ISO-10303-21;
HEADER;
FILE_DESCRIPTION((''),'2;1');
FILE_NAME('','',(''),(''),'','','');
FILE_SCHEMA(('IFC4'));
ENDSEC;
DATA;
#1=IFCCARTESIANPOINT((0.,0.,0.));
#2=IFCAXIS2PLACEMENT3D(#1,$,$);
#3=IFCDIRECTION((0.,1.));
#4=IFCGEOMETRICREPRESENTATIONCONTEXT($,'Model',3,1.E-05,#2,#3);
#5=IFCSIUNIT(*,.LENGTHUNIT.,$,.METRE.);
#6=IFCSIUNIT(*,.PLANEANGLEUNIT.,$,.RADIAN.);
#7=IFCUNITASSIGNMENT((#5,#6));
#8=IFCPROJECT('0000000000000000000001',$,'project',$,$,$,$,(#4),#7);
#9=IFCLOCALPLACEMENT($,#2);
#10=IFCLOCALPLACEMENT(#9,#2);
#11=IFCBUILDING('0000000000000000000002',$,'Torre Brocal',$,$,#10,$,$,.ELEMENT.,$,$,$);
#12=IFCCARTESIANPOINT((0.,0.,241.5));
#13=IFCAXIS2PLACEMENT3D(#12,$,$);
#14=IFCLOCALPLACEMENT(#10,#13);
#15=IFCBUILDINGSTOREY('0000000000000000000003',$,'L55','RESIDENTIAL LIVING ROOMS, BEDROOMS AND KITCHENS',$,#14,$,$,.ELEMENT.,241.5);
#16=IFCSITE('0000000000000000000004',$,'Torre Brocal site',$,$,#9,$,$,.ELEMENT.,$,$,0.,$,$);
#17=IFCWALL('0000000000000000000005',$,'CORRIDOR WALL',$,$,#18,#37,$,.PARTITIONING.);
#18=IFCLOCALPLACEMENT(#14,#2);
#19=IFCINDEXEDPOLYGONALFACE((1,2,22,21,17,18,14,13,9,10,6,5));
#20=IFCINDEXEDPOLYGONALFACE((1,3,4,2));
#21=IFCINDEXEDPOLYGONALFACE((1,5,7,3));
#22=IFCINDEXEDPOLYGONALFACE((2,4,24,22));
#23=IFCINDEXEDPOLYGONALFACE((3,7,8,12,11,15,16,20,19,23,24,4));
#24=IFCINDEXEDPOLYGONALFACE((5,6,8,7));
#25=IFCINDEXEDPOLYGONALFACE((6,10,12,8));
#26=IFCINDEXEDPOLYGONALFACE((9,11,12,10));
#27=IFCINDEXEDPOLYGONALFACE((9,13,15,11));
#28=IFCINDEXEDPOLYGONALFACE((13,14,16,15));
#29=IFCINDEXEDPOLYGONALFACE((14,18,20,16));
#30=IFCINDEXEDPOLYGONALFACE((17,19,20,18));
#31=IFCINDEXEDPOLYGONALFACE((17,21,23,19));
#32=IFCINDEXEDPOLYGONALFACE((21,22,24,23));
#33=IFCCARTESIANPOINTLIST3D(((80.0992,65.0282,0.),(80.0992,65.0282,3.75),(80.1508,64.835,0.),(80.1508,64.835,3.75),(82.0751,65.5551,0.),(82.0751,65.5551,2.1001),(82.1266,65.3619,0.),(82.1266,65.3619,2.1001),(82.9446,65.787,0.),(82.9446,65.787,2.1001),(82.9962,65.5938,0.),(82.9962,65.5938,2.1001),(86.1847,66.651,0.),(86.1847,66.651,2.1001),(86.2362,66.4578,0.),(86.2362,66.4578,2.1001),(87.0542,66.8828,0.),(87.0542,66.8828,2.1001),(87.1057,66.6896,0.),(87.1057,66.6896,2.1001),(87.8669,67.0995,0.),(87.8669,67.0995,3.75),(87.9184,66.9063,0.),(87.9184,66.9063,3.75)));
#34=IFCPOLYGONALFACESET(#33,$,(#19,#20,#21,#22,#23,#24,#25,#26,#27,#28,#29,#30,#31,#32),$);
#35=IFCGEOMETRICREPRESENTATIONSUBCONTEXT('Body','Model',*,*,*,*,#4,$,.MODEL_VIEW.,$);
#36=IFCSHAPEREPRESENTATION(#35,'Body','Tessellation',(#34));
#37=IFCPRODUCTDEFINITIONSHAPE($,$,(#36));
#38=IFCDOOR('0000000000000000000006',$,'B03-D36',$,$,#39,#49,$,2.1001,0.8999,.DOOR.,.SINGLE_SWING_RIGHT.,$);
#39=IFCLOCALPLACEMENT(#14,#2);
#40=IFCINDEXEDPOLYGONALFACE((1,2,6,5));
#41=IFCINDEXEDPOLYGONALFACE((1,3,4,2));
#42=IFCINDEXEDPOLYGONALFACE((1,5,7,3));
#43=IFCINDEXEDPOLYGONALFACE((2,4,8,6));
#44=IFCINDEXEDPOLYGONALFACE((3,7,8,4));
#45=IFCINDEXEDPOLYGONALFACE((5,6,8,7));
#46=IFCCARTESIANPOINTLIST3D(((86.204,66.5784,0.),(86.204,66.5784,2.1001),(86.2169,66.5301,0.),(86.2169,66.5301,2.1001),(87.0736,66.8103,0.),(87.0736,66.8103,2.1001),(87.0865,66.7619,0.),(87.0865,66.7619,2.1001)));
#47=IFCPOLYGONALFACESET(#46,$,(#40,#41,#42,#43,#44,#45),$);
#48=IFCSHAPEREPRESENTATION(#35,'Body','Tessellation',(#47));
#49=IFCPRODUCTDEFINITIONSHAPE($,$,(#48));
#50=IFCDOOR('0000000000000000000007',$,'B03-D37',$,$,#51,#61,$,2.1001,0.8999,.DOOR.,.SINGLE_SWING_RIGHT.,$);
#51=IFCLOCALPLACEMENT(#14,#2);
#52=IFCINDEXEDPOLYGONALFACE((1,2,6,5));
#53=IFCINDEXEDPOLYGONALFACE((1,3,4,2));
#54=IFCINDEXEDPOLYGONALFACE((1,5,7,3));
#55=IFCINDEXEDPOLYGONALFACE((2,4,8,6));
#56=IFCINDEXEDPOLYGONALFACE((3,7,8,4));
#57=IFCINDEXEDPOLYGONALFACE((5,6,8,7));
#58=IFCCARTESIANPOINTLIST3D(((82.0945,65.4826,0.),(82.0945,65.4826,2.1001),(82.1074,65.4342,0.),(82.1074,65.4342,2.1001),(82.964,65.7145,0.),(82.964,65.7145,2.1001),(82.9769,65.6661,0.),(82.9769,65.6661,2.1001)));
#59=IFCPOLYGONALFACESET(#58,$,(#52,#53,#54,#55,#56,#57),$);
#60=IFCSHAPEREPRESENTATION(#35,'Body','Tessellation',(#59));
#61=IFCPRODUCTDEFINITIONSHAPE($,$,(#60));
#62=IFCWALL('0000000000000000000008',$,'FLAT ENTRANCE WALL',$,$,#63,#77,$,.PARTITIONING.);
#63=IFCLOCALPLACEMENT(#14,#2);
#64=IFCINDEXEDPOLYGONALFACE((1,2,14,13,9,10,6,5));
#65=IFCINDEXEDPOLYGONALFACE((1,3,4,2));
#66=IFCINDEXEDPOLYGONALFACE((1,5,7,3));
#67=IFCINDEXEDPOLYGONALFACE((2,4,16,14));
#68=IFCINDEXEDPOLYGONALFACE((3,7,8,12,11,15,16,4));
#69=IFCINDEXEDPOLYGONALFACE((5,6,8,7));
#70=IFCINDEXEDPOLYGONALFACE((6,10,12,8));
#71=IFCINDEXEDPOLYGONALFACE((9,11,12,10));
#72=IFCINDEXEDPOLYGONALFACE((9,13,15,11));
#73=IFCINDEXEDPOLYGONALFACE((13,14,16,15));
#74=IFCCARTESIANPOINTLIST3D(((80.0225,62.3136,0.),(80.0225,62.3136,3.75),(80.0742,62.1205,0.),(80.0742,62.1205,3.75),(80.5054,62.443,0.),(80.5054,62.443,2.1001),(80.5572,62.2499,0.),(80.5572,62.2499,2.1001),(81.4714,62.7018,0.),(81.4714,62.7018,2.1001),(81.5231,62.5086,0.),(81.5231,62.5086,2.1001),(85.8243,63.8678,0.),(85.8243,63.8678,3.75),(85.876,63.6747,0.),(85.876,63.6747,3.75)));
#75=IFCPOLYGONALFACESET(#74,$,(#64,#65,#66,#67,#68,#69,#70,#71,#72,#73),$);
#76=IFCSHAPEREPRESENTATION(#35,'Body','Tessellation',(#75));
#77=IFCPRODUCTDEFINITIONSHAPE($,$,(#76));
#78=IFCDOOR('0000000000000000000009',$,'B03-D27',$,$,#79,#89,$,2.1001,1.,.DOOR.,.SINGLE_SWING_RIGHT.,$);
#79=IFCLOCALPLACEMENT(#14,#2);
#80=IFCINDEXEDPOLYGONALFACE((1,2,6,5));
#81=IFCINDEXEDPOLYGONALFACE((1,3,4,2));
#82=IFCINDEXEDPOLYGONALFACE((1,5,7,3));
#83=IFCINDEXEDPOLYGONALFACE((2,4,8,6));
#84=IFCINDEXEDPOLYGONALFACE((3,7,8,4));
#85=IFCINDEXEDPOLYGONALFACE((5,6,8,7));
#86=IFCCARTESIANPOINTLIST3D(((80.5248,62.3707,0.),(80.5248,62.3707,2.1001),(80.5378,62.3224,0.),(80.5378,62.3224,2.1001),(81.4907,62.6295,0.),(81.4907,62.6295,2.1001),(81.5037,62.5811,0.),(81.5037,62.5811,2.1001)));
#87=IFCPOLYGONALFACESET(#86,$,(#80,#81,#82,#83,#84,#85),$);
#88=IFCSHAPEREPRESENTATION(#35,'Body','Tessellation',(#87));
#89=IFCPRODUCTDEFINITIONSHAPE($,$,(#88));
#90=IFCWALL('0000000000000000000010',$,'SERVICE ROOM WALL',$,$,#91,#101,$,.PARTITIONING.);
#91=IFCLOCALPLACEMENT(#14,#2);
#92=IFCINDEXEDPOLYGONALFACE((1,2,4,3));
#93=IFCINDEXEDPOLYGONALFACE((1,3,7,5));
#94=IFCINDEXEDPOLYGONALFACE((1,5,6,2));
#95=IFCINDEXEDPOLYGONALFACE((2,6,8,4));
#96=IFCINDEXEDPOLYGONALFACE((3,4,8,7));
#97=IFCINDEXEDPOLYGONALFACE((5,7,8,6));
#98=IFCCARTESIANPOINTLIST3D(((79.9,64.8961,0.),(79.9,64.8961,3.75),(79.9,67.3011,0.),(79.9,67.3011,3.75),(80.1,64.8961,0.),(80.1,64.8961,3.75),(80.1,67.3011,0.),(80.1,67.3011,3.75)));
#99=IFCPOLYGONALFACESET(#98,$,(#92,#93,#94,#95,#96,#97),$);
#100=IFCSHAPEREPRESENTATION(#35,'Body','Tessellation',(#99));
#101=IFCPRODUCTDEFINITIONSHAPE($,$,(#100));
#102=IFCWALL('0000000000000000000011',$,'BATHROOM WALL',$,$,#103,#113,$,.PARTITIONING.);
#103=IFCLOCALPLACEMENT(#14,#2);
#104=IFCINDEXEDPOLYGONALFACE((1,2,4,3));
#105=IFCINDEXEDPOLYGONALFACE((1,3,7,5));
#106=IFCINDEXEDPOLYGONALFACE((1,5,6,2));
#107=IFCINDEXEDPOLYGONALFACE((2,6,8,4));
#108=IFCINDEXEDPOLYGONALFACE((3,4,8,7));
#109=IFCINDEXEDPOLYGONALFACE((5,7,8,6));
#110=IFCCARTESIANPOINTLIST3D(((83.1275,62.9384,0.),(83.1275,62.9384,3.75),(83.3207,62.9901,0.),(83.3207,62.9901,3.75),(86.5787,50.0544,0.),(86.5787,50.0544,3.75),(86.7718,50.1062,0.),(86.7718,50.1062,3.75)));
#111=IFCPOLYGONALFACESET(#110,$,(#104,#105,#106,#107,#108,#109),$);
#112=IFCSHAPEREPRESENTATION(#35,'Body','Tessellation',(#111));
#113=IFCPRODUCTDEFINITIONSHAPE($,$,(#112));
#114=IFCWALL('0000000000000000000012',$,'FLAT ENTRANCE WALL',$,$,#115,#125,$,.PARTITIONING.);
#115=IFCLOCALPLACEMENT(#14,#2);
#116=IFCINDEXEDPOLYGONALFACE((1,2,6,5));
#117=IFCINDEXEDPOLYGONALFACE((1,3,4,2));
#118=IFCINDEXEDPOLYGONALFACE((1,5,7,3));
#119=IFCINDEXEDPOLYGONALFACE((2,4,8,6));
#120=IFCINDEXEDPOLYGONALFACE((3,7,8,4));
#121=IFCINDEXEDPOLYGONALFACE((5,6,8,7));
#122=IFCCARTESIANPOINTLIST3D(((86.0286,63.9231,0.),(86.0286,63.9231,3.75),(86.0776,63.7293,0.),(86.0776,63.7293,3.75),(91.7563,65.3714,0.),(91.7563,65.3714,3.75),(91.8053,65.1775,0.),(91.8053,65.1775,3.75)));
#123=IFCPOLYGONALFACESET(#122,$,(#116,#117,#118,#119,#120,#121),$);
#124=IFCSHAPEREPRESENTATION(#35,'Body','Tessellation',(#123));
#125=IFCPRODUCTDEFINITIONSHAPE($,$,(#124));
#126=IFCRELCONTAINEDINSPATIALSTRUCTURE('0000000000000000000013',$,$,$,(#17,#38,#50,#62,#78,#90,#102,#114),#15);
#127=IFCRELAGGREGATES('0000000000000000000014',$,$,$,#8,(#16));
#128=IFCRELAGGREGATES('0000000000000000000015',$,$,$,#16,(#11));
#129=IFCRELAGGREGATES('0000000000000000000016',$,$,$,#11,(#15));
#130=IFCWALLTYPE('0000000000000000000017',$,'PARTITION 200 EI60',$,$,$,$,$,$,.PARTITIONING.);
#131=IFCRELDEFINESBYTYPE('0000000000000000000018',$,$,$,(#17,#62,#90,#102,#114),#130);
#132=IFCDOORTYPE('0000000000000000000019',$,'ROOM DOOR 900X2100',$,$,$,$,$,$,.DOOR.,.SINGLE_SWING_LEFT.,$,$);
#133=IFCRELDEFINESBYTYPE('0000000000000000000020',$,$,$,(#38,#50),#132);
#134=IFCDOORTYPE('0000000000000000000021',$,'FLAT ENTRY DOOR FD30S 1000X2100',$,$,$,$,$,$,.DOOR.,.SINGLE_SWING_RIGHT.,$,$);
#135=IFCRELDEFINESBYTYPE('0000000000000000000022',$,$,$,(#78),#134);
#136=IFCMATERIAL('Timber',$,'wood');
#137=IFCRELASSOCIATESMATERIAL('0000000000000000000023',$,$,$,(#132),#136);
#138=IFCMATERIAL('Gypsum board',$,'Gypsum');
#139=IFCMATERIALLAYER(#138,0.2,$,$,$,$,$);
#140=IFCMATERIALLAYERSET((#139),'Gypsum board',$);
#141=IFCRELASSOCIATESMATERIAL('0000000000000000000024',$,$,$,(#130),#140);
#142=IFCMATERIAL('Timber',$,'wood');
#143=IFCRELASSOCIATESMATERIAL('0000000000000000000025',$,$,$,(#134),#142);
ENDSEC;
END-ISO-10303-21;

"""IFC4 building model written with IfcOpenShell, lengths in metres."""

from ifc_helpers import new_model, si_unit, direction, frame, frame_2d, origin, place, context, subcontext, project, spatial, rectangle, extrude, material, layer, layer_set, type_object, element, fill, save


model = new_model("IFC4")

# Units and contexts
model_context = context("Model", 3, precision=1e-05, world=origin(), true_north=direction((0.0, 1.0)))
body_context = subcontext(model_context, "Body", "Model", "MODEL_VIEW")
ifc_project = project(units=[si_unit("LENGTHUNIT", "METRE"), si_unit("PLANEANGLEUNIT", "RADIAN")], contexts=[model_context])

# Site, building, storey
site_placement = place(None, origin())
site = spatial("IfcSite", under=ifc_project, at=site_placement, Name="Torre Brocal site", CompositionType="ELEMENT", RefElevation=0.0)
building_placement = place(site_placement, origin())
building = spatial("IfcBuilding", under=site, at=building_placement, Name="Torre Brocal", CompositionType="ELEMENT")
storey_placement = place(building_placement, frame((0.0, 0.0, 241.5)))
storey = spatial("IfcBuildingStorey", under=building, at=storey_placement, Name="L55", Description="RESIDENTIAL LIVING ROOMS, BEDROOMS AND KITCHENS", CompositionType="ELEMENT", Elevation=241.5)

# Shared definitions
ifc_material_1 = material(Name="Timber", Category="wood")
door_type_1 = type_object("IfcDoorType", Name="ROOM DOOR 900X2100", OperationType="SINGLE_SWING_LEFT", PredefinedType="DOOR", material=ifc_material_1)

# Wall, openings, doors
ifc_material_2 = material(Name="Gypsum board", Category="Gypsum")
ifc_layer_1 = layer(ifc_material_2, 0.2)
ifc_layer_set_1 = layer_set([ifc_layer_1], Name="Gypsum board")
wall_type_1 = type_object("IfcWallType", Name="PARTITION 200 EI60", PredefinedType="PARTITIONING", material=ifc_layer_set_1)
wall_1_placement = place(storey_placement, frame((80.125, 64.9316, 0.0), z_axis=(0.0, 0.0, 1.0), x_axis=(0.966237, 0.257655, 0.0)))
wall_1 = element("IfcWall", 1, at=wall_1_placement, inside=storey, type_object=wall_type_1, Name="CORRIDOR WALL", PredefinedType="PARTITIONING", context=body_context, shape_type="SweptSolid", body=[
    extrude(rectangle(XDim=8.0391, YDim=0.2, at=frame_2d((4.0195, 0.0))), origin(), (0.0, 0.0, 1.0), 3.75),
])
opening_1_placement = place(wall_1_placement, frame((6.2981, 0.0, 0.0)))
opening_1 = element("IfcOpeningElement", 2, at=opening_1_placement, cuts=wall_1, PredefinedType="OPENING", context=body_context, shape_type="SweptSolid", body=[
    extrude(rectangle(XDim=0.8999, YDim=2.1001, at=frame_2d((0.45, 1.05))), frame((0.0, 0.1099, 0.0), z_axis=(0.0, -1.0, 0.0), x_axis=(1.0, 0.0, 0.0)), (0.0, 0.0, 1.0), 0.22),
])
opening_2_placement = place(wall_1_placement, frame((2.0449, 0.0, 0.0)))
opening_2 = element("IfcOpeningElement", 3, at=opening_2_placement, cuts=wall_1, PredefinedType="OPENING", context=body_context, shape_type="SweptSolid", body=[
    extrude(rectangle(XDim=0.8999, YDim=2.1001, at=frame_2d((0.45, 1.05))), frame((0.0, 0.1099, 0.0), z_axis=(0.0, -1.0, 0.0), x_axis=(1.0, 0.0, 0.0)), (0.0, 0.0, 1.0), 0.22),
])
door_1_placement = place(opening_1_placement, origin())
door_1 = element("IfcDoor", 4, at=door_1_placement, inside=storey, type_object=door_type_1, Name="B03-D36", OperationType="SINGLE_SWING_RIGHT", OverallHeight=2.1001, OverallWidth=0.8999, PredefinedType="DOOR", context=body_context, shape_type="SweptSolid", body=[
    extrude(rectangle(XDim=0.8999, YDim=2.1001, at=frame_2d((0.45, 1.05))), frame((0.0, 0.0249, 0.0), z_axis=(0.0, -1.0, 0.0), x_axis=(1.0, 0.0, 0.0)), (0.0, 0.0, 1.0), 0.05),
])
fill(opening_1, door_1)
door_2_placement = place(opening_2_placement, origin())
door_2 = element("IfcDoor", 5, at=door_2_placement, inside=storey, type_object=door_type_1, Name="B03-D37", OperationType="SINGLE_SWING_RIGHT", OverallHeight=2.1001, OverallWidth=0.8999, PredefinedType="DOOR", context=body_context, shape_type="SweptSolid", body=[
    extrude(rectangle(XDim=0.8999, YDim=2.1001, at=frame_2d((0.45, 1.05))), frame((0.0, 0.0249, 0.0), z_axis=(0.0, -1.0, 0.0), x_axis=(1.0, 0.0, 0.0)), (0.0, 0.0, 1.0), 0.05),
])
fill(opening_2, door_2)

# Wall, opening, door
wall_2_placement = place(storey_placement, frame((80.0483, 62.217, 0.0), z_axis=(0.0, 0.0, 1.0), x_axis=(0.965942, 0.25876, 0.0)))
wall_2 = element("IfcWall", 6, at=wall_2_placement, inside=storey, type_object=wall_type_1, Name="FLAT ENTRANCE WALL", PredefinedType="PARTITIONING", context=body_context, shape_type="SweptSolid", body=[
    extrude(rectangle(XDim=6.0063, YDim=0.2, at=frame_2d((3.0032, 0.0))), origin(), (0.0, 0.0, 1.0), 3.75),
])
opening_3_placement = place(wall_2_placement, frame((0.5, 0.0, 0.0)))
opening_3 = element("IfcOpeningElement", 7, at=opening_3_placement, cuts=wall_2, PredefinedType="OPENING", context=body_context, shape_type="SweptSolid", body=[
    extrude(rectangle(XDim=1.0, YDim=2.1001, at=frame_2d((0.5, 1.05))), frame((0.0, 0.1099, 0.0), z_axis=(0.0, -1.0, 0.0), x_axis=(1.0, 0.0, 0.0)), (0.0, 0.0, 1.0), 0.22),
])
ifc_material_3 = material(Name="Timber", Category="wood")
door_type_2 = type_object("IfcDoorType", Name="FLAT ENTRY DOOR FD30S 1000X2100", OperationType="SINGLE_SWING_RIGHT", PredefinedType="DOOR", material=ifc_material_3)
door_3_placement = place(opening_3_placement, frame((1.0, 0.0, 0.0), z_axis=(0.0, 0.0, 1.0), x_axis=(-1.0, 0.0, 0.0)))
door_3 = element("IfcDoor", 8, at=door_3_placement, inside=storey, type_object=door_type_2, Name="B03-D27", OperationType="SINGLE_SWING_RIGHT", OverallHeight=2.1001, OverallWidth=1.0, PredefinedType="DOOR", context=body_context, shape_type="SweptSolid", body=[
    extrude(rectangle(XDim=1.0, YDim=2.1001, at=frame_2d((0.5, 1.05))), frame((0.0, 0.0249, 0.0), z_axis=(0.0, -1.0, 0.0), x_axis=(1.0, 0.0, 0.0)), (0.0, 0.0, 1.0), 0.05),
])
fill(opening_3, door_3)

# Walls
wall_3_placement = place(storey_placement, frame((80.0, 64.896, 0.0), z_axis=(0.0, 0.0, 1.0), x_axis=(0.0, 1.0, 0.0)))
element("IfcWall", 9, at=wall_3_placement, inside=storey, type_object=wall_type_1, Name="SERVICE ROOM WALL", PredefinedType="PARTITIONING", context=body_context, shape_type="SweptSolid", body=[
    extrude(rectangle(XDim=2.405, YDim=0.2, at=frame_2d((1.2026, 0.0))), origin(), (0.0, 0.0, 1.0), 3.75),
])
wall_4_placement = place(storey_placement, frame((83.2241, 62.9641, 0.0), z_axis=(0.0, 0.0, 1.0), x_axis=(0.258742, -0.965946, 0.0)))
element("IfcWall", 10, at=wall_4_placement, inside=storey, type_object=wall_type_1, Name="BATHROOM WALL", PredefinedType="PARTITIONING", context=body_context, shape_type="SweptSolid", body=[
    extrude(rectangle(XDim=13.3381, YDim=0.2, at=frame_2d((6.6689, 0.0))), origin(), (0.0, 0.0, 1.0), 3.75),
])
wall_5_placement = place(storey_placement, frame((86.053, 63.8262, 0.0), z_axis=(0.0, 0.0, 1.0), x_axis=(0.96949, 0.245131, 0.0)))
element("IfcWall", 11, at=wall_5_placement, inside=storey, type_object=wall_type_1, Name="FLAT ENTRANCE WALL", PredefinedType="PARTITIONING", context=body_context, shape_type="SweptSolid", body=[
    extrude(rectangle(XDim=5.908, YDim=0.2, at=frame_2d((2.9541, 0.0))), origin(), (0.0, 0.0, 1.0), 3.75),
])

save(model, "model.ifc")
